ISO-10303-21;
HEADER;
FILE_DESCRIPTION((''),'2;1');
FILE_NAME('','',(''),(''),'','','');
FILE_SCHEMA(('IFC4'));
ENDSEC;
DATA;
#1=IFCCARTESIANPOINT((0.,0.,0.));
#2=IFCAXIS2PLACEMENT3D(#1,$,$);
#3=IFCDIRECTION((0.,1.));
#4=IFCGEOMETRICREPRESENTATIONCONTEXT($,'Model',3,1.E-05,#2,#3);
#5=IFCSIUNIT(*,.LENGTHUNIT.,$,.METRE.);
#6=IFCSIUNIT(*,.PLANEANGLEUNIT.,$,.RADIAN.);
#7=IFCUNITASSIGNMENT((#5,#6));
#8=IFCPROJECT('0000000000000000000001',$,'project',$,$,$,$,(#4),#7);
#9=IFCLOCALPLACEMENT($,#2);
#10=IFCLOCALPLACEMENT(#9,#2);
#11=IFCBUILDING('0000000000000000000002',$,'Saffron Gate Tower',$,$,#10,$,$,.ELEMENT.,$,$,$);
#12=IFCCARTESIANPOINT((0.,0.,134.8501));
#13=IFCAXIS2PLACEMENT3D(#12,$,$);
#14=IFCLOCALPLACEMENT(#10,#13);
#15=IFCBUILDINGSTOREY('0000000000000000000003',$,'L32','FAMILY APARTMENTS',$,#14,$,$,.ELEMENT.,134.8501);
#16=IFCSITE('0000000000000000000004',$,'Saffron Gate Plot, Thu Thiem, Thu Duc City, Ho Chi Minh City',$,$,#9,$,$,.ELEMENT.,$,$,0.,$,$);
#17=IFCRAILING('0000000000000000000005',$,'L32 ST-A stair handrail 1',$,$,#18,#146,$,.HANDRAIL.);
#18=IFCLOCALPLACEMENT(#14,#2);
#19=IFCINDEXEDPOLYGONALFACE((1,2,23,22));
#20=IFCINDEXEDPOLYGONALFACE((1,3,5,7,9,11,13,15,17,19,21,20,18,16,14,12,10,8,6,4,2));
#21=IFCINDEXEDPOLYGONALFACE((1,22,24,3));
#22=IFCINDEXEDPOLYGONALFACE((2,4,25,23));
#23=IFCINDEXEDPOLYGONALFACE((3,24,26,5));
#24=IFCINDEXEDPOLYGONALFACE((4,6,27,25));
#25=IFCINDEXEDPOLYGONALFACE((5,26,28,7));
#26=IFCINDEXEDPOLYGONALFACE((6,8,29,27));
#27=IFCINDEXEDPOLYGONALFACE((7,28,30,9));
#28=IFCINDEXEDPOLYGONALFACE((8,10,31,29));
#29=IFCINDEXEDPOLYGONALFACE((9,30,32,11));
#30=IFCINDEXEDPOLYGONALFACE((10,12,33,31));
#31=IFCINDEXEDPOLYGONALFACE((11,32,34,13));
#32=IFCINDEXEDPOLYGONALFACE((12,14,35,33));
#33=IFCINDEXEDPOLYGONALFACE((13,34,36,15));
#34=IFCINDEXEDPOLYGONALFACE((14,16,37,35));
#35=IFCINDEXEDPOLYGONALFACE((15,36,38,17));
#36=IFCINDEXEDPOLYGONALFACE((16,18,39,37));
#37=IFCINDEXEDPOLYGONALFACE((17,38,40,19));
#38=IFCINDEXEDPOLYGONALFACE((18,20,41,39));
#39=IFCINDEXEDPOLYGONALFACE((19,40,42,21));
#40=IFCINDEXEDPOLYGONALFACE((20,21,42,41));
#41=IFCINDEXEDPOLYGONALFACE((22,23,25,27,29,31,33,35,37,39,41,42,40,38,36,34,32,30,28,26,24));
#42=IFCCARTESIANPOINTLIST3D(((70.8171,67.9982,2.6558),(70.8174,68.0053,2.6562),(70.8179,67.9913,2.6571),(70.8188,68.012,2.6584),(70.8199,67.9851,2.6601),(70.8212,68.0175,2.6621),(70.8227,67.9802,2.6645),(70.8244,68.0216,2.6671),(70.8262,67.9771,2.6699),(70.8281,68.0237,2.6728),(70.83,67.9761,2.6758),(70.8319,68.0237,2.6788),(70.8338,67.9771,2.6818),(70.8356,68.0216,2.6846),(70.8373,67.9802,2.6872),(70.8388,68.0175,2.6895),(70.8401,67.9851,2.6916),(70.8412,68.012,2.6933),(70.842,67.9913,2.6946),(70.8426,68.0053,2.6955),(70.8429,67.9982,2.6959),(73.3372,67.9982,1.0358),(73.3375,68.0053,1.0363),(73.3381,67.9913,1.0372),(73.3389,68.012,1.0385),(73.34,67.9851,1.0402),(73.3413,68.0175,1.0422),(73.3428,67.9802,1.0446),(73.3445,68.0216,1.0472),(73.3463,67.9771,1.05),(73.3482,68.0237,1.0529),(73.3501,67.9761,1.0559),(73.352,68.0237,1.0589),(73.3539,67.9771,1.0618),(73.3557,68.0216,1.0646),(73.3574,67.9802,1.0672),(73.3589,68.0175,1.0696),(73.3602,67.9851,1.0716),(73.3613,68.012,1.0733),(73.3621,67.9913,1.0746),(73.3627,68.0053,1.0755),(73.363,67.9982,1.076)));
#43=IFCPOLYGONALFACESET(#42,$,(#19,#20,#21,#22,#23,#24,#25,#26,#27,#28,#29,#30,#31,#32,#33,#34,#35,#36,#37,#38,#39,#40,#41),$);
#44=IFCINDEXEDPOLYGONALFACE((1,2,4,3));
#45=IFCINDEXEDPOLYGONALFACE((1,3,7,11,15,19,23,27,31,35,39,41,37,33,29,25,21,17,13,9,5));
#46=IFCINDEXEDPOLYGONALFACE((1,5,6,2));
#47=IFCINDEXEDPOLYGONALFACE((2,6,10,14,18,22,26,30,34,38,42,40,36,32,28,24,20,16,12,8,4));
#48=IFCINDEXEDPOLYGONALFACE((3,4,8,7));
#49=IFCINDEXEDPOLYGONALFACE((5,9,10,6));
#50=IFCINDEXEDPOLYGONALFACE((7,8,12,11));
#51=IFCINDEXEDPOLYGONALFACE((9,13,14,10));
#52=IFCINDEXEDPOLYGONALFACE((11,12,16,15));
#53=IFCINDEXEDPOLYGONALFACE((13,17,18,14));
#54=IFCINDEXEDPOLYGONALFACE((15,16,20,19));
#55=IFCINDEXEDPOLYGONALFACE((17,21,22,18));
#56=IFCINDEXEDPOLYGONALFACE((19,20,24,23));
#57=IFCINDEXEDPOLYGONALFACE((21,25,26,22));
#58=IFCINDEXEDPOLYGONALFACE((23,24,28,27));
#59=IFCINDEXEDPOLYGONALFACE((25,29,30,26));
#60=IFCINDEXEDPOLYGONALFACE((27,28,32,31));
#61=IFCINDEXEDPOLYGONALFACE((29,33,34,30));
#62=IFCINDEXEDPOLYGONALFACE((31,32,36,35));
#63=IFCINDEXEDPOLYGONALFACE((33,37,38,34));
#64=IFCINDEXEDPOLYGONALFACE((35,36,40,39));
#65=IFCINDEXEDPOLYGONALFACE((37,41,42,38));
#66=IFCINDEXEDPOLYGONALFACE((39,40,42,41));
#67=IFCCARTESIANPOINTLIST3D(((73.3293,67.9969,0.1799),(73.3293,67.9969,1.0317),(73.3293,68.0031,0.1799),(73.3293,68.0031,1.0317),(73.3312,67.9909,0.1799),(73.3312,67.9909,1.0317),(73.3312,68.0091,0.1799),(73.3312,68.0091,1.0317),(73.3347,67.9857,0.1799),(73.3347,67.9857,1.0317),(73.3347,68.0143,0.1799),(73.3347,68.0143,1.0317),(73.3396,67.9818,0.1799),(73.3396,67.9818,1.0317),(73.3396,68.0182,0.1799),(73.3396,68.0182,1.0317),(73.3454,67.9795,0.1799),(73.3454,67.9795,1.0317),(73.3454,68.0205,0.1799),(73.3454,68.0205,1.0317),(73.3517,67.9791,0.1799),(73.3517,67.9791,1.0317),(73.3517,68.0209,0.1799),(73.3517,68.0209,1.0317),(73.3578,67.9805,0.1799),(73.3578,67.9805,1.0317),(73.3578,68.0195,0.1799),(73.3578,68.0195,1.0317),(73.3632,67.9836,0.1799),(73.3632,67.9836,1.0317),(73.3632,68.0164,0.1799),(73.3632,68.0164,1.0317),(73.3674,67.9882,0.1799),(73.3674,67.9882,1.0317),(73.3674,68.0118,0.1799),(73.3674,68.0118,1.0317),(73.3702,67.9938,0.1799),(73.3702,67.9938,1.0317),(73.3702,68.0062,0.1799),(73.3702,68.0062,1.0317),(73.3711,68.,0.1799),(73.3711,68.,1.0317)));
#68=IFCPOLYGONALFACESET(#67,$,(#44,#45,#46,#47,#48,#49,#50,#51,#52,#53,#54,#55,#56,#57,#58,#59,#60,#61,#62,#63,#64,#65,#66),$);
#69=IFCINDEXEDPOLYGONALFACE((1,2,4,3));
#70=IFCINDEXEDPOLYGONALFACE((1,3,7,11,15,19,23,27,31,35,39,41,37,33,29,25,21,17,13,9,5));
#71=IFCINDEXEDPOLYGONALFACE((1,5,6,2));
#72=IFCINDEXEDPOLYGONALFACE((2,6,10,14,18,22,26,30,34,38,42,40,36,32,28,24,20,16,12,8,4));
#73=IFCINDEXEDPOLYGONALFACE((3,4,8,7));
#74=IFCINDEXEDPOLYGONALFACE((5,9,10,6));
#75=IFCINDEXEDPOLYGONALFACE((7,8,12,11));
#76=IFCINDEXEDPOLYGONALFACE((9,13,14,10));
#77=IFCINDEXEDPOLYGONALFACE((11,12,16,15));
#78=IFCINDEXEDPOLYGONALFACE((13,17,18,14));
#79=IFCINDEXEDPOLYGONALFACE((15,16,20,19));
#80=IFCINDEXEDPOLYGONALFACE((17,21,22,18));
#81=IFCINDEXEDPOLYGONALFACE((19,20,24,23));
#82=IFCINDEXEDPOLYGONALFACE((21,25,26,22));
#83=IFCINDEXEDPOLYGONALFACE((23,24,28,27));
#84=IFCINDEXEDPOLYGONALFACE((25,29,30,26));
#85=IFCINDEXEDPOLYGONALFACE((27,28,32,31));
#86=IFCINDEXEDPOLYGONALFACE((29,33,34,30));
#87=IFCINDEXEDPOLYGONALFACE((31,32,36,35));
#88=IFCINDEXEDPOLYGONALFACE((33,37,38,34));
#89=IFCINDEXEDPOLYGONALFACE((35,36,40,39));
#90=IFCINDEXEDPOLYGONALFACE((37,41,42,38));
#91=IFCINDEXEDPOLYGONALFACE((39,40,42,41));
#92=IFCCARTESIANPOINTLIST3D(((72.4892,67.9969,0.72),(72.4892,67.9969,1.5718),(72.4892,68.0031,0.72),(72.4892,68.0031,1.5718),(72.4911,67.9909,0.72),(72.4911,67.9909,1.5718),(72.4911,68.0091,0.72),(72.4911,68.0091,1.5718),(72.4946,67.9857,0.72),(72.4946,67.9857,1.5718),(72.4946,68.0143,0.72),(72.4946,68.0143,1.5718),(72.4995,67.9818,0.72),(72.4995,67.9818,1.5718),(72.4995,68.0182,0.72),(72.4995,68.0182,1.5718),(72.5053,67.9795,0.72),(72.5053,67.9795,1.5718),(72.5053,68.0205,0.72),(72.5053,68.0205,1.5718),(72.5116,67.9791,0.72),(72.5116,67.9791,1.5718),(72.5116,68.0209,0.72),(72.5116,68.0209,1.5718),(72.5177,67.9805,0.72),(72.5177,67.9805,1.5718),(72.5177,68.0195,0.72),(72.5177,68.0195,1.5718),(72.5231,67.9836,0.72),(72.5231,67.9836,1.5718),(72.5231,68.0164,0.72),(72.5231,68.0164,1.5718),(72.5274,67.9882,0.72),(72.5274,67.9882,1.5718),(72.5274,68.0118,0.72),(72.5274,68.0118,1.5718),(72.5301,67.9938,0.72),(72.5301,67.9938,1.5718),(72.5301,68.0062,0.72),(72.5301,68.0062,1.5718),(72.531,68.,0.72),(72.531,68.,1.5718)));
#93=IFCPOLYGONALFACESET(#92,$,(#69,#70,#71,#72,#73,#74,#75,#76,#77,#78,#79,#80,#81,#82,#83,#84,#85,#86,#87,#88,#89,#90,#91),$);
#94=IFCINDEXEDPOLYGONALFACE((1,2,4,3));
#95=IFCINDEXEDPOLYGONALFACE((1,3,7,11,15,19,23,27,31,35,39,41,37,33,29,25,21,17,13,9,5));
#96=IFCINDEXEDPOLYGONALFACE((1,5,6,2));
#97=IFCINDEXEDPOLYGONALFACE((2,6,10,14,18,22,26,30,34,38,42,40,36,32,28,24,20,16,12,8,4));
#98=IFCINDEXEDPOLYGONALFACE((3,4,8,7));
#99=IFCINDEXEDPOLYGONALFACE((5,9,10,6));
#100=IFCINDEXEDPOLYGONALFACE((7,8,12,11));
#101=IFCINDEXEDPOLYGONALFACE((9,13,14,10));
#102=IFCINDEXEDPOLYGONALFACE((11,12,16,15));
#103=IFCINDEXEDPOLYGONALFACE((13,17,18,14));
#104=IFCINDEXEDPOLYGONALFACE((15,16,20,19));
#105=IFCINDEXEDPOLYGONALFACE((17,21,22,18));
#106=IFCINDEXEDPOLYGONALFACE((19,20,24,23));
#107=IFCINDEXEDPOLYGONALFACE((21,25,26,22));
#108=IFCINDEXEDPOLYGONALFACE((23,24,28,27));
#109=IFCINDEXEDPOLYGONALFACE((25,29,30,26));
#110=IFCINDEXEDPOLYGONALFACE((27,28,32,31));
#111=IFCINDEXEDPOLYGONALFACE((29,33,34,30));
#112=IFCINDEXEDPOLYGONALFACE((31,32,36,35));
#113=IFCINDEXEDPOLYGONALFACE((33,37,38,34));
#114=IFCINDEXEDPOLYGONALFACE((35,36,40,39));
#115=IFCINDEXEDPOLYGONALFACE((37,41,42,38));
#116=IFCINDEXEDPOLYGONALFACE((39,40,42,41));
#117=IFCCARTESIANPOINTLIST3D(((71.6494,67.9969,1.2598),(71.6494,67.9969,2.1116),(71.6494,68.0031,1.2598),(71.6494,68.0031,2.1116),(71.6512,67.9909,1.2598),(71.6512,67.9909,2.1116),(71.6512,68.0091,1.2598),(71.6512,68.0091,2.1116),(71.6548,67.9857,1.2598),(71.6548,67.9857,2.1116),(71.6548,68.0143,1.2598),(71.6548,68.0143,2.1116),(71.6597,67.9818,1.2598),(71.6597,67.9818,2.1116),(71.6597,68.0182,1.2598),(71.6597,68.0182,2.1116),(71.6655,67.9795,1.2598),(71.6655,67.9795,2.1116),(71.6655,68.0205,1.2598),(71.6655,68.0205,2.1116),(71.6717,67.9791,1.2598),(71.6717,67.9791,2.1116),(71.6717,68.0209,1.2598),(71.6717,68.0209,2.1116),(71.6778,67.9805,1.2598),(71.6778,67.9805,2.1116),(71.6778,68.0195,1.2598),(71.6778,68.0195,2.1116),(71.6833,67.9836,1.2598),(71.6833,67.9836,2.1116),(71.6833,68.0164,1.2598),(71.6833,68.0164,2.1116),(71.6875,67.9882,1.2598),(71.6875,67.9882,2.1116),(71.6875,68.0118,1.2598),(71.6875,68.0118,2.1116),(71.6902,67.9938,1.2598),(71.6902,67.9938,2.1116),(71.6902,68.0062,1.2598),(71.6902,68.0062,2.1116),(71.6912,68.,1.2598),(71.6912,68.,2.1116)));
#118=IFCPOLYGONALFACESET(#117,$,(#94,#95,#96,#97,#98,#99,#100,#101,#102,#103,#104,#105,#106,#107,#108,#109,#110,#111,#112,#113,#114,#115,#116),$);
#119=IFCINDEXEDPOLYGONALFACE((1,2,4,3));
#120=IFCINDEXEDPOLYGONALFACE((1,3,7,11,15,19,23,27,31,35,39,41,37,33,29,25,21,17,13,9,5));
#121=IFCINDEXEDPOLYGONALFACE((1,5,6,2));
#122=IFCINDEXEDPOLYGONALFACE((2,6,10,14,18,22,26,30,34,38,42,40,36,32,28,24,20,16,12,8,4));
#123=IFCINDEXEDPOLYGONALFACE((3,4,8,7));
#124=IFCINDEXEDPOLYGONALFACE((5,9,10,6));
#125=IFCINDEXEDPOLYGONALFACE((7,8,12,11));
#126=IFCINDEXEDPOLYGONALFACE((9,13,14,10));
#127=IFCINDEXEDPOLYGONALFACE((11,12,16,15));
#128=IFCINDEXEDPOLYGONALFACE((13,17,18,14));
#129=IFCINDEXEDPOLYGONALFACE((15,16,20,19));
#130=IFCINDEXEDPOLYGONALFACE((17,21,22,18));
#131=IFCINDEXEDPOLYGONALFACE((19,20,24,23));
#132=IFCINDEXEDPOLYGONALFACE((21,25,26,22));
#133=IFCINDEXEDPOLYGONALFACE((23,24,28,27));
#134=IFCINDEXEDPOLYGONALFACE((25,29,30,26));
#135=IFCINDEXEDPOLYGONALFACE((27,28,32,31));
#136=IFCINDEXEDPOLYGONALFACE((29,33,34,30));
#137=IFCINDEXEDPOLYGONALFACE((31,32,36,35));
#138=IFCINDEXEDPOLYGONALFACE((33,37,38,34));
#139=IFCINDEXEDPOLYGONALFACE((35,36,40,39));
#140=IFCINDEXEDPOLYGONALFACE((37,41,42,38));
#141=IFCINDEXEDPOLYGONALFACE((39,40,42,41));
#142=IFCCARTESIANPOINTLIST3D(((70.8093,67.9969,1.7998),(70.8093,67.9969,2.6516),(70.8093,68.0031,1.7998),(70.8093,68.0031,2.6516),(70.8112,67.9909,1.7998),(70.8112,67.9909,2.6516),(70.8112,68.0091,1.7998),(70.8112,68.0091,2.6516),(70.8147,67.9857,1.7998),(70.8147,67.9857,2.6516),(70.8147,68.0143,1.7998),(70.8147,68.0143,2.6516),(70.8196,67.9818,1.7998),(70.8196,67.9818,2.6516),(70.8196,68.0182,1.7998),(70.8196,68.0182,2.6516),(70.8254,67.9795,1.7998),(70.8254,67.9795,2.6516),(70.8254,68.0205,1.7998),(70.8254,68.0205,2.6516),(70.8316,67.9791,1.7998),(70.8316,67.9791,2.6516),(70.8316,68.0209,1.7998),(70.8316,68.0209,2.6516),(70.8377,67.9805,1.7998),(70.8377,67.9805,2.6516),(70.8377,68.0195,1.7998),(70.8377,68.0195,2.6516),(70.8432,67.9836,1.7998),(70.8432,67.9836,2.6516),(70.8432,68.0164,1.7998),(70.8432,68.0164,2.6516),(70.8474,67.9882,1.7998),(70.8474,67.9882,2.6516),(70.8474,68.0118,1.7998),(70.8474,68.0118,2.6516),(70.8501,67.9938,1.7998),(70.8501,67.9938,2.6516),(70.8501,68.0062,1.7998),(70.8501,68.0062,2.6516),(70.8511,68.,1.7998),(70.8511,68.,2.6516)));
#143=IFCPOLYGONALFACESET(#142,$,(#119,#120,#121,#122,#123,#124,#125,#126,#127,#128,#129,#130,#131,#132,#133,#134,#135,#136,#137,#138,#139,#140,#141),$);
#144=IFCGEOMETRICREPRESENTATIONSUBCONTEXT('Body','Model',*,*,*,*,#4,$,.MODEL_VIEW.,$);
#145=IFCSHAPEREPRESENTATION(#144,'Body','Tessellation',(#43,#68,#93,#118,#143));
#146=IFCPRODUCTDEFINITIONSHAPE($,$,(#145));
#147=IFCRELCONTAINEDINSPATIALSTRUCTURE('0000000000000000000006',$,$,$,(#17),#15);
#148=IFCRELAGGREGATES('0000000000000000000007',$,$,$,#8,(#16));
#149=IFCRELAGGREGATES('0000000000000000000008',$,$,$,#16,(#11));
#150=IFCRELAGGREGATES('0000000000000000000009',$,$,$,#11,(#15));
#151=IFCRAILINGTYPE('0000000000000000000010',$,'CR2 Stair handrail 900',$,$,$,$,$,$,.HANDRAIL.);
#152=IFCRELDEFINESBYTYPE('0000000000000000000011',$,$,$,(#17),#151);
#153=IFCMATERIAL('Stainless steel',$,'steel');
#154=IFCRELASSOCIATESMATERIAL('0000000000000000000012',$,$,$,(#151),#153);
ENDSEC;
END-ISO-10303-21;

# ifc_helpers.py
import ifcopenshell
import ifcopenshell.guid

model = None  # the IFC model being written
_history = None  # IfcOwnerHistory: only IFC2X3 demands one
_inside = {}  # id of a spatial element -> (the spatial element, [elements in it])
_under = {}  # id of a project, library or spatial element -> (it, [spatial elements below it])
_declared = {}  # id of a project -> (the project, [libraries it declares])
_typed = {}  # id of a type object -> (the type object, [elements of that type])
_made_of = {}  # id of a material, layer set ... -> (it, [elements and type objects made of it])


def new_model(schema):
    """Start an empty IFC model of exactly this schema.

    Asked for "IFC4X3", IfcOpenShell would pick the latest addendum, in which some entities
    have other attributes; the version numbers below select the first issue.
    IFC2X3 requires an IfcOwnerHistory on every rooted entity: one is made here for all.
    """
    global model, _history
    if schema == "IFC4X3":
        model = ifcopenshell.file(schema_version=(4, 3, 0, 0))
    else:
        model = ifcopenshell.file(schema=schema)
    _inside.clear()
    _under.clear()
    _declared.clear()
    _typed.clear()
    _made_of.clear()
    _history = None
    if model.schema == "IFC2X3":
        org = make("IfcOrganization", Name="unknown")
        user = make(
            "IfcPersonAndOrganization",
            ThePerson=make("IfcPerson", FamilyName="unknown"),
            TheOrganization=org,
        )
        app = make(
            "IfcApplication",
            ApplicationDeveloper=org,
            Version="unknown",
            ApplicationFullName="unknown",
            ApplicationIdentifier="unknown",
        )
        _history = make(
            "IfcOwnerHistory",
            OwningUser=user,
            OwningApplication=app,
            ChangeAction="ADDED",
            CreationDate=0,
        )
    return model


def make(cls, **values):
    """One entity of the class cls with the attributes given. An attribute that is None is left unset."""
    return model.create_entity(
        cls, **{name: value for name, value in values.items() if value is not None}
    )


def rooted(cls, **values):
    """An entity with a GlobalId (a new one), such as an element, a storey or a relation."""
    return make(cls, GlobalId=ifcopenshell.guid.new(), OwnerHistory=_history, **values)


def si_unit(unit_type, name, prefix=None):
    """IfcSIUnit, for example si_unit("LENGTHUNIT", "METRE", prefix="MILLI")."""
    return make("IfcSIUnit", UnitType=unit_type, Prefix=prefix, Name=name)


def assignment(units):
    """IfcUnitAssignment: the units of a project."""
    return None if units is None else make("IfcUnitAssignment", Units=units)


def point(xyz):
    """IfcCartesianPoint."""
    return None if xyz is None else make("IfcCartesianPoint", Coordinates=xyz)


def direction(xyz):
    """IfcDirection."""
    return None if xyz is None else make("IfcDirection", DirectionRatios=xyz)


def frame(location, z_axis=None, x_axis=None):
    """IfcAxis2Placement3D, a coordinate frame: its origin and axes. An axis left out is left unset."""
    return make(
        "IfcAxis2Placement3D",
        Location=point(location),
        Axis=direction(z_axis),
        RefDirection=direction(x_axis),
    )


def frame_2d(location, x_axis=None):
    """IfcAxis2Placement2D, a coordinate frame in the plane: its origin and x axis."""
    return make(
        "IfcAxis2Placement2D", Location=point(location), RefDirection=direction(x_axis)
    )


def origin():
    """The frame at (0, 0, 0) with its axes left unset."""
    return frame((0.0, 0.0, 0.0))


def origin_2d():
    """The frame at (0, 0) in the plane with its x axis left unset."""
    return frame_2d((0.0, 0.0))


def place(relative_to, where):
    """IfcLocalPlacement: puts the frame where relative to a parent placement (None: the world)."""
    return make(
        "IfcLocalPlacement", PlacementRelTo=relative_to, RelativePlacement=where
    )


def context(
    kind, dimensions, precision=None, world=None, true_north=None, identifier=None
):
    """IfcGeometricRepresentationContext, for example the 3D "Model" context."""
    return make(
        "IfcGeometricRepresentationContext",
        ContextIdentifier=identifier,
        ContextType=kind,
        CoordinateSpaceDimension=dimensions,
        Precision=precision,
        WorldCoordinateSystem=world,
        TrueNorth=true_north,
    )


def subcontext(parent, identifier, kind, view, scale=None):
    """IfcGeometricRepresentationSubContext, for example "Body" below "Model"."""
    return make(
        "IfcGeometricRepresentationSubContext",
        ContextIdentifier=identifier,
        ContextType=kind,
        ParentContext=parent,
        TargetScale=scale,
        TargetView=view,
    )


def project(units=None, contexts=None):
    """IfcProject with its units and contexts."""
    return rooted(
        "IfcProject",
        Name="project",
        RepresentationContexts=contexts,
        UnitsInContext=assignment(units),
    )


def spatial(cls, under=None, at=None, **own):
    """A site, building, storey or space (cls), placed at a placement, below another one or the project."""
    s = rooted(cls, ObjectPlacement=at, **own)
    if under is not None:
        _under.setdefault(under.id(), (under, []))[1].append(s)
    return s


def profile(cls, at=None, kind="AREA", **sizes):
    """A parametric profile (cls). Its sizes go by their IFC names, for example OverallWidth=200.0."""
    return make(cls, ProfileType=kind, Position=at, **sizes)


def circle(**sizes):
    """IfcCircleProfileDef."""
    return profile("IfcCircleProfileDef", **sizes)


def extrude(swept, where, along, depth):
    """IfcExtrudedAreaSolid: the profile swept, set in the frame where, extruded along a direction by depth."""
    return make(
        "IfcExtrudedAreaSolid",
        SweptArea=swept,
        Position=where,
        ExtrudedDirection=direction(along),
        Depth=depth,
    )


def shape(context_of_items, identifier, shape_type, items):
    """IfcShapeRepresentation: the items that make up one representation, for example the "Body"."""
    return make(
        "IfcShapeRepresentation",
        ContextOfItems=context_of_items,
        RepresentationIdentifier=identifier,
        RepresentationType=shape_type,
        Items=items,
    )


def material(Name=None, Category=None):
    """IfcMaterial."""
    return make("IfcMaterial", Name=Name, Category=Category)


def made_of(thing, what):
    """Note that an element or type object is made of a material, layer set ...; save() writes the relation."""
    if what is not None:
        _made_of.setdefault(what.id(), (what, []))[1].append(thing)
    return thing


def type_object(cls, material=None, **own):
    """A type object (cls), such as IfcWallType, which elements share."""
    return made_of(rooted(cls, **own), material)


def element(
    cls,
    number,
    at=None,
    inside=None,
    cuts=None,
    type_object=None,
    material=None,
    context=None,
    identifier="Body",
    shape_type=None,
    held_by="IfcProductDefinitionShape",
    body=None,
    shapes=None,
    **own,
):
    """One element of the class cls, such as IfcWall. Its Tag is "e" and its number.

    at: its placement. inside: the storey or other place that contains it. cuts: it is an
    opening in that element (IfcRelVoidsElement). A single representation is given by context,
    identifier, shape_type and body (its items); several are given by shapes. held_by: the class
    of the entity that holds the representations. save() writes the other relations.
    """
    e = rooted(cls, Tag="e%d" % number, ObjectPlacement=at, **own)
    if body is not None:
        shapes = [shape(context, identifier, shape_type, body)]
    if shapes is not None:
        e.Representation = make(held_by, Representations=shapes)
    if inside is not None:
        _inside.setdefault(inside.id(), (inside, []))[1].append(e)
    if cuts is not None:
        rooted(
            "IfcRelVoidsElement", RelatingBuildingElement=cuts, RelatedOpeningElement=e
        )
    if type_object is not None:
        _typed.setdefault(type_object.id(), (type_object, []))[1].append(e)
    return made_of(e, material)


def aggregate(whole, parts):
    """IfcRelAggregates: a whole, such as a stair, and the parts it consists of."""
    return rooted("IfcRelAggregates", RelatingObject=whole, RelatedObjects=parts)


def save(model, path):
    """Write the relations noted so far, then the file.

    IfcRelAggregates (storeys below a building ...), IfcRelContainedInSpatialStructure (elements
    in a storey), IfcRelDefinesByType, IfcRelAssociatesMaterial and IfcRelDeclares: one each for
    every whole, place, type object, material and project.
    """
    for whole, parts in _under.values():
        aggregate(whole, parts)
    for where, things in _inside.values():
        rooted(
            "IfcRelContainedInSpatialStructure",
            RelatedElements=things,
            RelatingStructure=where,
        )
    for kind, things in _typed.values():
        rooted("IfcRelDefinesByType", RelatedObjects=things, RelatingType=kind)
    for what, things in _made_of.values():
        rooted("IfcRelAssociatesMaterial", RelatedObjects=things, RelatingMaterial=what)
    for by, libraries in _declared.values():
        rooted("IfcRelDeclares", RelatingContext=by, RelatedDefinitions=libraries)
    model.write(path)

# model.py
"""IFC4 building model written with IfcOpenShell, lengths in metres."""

from ifc_helpers import new_model, si_unit, direction, frame, origin, origin_2d, place, context, subcontext, project, spatial, circle, extrude, material, type_object, element, save


model = new_model("IFC4")

# Units and contexts
model_context = context("Model", 3, precision=1e-05, world=origin(), true_north=direction((0.0, 1.0)))
body_context = subcontext(model_context, "Body", "Model", "MODEL_VIEW")
ifc_project = project(units=[si_unit("LENGTHUNIT", "METRE"), si_unit("PLANEANGLEUNIT", "RADIAN")], contexts=[model_context])

# Site, building, storey
site_placement = place(None, origin())
site = spatial("IfcSite", under=ifc_project, at=site_placement, Name="Saffron Gate Plot, Thu Thiem, Thu Duc City, Ho Chi Minh City", CompositionType="ELEMENT", RefElevation=0.0)
building_placement = place(site_placement, origin())
building = spatial("IfcBuilding", under=site, at=building_placement, Name="Saffron Gate Tower", CompositionType="ELEMENT")
storey_placement = place(building_placement, frame((0.0, 0.0, 134.8501)))
storey = spatial("IfcBuildingStorey", under=building, at=storey_placement, Name="L32", Description="FAMILY APARTMENTS", CompositionType="ELEMENT", Elevation=134.8501)

# Railing
ifc_material_1 = material(Name="Stainless steel", Category="steel")
railing_type_1 = type_object("IfcRailingType", Name="CR2 Stair handrail 900", PredefinedType="HANDRAIL", material=ifc_material_1)
railing_1_placement = place(storey_placement, frame((73.3501, 68.0, 0.1799)))
element("IfcRailing", 1, at=railing_1_placement, inside=storey, type_object=railing_type_1, Name="L32 ST-A stair handrail 1", PredefinedType="HANDRAIL", context=body_context, shape_type="SweptSolid", body=[
    extrude(circle(Radius=0.0239, at=origin_2d()), frame((0.0, 0.0, 0.876), z_axis=(-0.8412, 0.0, 0.540725), x_axis=(0.0, -1.0, 0.0)), (0.0, 0.0, 1.0), 2.9958),
    extrude(circle(Radius=0.021, at=origin_2d()), origin(), (0.0, 0.0, 1.0), 0.8518),
    extrude(circle(Radius=0.021, at=origin_2d()), frame((-0.8401, 0.0, 0.54)), (0.0, 0.0, 1.0), 0.8518),
    extrude(circle(Radius=0.021, at=origin_2d()), frame((-1.6799, 0.0, 1.0798)), (0.0, 0.0, 1.0), 0.8518),
    extrude(circle(Radius=0.021, at=origin_2d()), frame((-2.52, 0.0, 1.6199)), (0.0, 0.0, 1.0), 0.8518),
])

save(model, "model.ifc")
